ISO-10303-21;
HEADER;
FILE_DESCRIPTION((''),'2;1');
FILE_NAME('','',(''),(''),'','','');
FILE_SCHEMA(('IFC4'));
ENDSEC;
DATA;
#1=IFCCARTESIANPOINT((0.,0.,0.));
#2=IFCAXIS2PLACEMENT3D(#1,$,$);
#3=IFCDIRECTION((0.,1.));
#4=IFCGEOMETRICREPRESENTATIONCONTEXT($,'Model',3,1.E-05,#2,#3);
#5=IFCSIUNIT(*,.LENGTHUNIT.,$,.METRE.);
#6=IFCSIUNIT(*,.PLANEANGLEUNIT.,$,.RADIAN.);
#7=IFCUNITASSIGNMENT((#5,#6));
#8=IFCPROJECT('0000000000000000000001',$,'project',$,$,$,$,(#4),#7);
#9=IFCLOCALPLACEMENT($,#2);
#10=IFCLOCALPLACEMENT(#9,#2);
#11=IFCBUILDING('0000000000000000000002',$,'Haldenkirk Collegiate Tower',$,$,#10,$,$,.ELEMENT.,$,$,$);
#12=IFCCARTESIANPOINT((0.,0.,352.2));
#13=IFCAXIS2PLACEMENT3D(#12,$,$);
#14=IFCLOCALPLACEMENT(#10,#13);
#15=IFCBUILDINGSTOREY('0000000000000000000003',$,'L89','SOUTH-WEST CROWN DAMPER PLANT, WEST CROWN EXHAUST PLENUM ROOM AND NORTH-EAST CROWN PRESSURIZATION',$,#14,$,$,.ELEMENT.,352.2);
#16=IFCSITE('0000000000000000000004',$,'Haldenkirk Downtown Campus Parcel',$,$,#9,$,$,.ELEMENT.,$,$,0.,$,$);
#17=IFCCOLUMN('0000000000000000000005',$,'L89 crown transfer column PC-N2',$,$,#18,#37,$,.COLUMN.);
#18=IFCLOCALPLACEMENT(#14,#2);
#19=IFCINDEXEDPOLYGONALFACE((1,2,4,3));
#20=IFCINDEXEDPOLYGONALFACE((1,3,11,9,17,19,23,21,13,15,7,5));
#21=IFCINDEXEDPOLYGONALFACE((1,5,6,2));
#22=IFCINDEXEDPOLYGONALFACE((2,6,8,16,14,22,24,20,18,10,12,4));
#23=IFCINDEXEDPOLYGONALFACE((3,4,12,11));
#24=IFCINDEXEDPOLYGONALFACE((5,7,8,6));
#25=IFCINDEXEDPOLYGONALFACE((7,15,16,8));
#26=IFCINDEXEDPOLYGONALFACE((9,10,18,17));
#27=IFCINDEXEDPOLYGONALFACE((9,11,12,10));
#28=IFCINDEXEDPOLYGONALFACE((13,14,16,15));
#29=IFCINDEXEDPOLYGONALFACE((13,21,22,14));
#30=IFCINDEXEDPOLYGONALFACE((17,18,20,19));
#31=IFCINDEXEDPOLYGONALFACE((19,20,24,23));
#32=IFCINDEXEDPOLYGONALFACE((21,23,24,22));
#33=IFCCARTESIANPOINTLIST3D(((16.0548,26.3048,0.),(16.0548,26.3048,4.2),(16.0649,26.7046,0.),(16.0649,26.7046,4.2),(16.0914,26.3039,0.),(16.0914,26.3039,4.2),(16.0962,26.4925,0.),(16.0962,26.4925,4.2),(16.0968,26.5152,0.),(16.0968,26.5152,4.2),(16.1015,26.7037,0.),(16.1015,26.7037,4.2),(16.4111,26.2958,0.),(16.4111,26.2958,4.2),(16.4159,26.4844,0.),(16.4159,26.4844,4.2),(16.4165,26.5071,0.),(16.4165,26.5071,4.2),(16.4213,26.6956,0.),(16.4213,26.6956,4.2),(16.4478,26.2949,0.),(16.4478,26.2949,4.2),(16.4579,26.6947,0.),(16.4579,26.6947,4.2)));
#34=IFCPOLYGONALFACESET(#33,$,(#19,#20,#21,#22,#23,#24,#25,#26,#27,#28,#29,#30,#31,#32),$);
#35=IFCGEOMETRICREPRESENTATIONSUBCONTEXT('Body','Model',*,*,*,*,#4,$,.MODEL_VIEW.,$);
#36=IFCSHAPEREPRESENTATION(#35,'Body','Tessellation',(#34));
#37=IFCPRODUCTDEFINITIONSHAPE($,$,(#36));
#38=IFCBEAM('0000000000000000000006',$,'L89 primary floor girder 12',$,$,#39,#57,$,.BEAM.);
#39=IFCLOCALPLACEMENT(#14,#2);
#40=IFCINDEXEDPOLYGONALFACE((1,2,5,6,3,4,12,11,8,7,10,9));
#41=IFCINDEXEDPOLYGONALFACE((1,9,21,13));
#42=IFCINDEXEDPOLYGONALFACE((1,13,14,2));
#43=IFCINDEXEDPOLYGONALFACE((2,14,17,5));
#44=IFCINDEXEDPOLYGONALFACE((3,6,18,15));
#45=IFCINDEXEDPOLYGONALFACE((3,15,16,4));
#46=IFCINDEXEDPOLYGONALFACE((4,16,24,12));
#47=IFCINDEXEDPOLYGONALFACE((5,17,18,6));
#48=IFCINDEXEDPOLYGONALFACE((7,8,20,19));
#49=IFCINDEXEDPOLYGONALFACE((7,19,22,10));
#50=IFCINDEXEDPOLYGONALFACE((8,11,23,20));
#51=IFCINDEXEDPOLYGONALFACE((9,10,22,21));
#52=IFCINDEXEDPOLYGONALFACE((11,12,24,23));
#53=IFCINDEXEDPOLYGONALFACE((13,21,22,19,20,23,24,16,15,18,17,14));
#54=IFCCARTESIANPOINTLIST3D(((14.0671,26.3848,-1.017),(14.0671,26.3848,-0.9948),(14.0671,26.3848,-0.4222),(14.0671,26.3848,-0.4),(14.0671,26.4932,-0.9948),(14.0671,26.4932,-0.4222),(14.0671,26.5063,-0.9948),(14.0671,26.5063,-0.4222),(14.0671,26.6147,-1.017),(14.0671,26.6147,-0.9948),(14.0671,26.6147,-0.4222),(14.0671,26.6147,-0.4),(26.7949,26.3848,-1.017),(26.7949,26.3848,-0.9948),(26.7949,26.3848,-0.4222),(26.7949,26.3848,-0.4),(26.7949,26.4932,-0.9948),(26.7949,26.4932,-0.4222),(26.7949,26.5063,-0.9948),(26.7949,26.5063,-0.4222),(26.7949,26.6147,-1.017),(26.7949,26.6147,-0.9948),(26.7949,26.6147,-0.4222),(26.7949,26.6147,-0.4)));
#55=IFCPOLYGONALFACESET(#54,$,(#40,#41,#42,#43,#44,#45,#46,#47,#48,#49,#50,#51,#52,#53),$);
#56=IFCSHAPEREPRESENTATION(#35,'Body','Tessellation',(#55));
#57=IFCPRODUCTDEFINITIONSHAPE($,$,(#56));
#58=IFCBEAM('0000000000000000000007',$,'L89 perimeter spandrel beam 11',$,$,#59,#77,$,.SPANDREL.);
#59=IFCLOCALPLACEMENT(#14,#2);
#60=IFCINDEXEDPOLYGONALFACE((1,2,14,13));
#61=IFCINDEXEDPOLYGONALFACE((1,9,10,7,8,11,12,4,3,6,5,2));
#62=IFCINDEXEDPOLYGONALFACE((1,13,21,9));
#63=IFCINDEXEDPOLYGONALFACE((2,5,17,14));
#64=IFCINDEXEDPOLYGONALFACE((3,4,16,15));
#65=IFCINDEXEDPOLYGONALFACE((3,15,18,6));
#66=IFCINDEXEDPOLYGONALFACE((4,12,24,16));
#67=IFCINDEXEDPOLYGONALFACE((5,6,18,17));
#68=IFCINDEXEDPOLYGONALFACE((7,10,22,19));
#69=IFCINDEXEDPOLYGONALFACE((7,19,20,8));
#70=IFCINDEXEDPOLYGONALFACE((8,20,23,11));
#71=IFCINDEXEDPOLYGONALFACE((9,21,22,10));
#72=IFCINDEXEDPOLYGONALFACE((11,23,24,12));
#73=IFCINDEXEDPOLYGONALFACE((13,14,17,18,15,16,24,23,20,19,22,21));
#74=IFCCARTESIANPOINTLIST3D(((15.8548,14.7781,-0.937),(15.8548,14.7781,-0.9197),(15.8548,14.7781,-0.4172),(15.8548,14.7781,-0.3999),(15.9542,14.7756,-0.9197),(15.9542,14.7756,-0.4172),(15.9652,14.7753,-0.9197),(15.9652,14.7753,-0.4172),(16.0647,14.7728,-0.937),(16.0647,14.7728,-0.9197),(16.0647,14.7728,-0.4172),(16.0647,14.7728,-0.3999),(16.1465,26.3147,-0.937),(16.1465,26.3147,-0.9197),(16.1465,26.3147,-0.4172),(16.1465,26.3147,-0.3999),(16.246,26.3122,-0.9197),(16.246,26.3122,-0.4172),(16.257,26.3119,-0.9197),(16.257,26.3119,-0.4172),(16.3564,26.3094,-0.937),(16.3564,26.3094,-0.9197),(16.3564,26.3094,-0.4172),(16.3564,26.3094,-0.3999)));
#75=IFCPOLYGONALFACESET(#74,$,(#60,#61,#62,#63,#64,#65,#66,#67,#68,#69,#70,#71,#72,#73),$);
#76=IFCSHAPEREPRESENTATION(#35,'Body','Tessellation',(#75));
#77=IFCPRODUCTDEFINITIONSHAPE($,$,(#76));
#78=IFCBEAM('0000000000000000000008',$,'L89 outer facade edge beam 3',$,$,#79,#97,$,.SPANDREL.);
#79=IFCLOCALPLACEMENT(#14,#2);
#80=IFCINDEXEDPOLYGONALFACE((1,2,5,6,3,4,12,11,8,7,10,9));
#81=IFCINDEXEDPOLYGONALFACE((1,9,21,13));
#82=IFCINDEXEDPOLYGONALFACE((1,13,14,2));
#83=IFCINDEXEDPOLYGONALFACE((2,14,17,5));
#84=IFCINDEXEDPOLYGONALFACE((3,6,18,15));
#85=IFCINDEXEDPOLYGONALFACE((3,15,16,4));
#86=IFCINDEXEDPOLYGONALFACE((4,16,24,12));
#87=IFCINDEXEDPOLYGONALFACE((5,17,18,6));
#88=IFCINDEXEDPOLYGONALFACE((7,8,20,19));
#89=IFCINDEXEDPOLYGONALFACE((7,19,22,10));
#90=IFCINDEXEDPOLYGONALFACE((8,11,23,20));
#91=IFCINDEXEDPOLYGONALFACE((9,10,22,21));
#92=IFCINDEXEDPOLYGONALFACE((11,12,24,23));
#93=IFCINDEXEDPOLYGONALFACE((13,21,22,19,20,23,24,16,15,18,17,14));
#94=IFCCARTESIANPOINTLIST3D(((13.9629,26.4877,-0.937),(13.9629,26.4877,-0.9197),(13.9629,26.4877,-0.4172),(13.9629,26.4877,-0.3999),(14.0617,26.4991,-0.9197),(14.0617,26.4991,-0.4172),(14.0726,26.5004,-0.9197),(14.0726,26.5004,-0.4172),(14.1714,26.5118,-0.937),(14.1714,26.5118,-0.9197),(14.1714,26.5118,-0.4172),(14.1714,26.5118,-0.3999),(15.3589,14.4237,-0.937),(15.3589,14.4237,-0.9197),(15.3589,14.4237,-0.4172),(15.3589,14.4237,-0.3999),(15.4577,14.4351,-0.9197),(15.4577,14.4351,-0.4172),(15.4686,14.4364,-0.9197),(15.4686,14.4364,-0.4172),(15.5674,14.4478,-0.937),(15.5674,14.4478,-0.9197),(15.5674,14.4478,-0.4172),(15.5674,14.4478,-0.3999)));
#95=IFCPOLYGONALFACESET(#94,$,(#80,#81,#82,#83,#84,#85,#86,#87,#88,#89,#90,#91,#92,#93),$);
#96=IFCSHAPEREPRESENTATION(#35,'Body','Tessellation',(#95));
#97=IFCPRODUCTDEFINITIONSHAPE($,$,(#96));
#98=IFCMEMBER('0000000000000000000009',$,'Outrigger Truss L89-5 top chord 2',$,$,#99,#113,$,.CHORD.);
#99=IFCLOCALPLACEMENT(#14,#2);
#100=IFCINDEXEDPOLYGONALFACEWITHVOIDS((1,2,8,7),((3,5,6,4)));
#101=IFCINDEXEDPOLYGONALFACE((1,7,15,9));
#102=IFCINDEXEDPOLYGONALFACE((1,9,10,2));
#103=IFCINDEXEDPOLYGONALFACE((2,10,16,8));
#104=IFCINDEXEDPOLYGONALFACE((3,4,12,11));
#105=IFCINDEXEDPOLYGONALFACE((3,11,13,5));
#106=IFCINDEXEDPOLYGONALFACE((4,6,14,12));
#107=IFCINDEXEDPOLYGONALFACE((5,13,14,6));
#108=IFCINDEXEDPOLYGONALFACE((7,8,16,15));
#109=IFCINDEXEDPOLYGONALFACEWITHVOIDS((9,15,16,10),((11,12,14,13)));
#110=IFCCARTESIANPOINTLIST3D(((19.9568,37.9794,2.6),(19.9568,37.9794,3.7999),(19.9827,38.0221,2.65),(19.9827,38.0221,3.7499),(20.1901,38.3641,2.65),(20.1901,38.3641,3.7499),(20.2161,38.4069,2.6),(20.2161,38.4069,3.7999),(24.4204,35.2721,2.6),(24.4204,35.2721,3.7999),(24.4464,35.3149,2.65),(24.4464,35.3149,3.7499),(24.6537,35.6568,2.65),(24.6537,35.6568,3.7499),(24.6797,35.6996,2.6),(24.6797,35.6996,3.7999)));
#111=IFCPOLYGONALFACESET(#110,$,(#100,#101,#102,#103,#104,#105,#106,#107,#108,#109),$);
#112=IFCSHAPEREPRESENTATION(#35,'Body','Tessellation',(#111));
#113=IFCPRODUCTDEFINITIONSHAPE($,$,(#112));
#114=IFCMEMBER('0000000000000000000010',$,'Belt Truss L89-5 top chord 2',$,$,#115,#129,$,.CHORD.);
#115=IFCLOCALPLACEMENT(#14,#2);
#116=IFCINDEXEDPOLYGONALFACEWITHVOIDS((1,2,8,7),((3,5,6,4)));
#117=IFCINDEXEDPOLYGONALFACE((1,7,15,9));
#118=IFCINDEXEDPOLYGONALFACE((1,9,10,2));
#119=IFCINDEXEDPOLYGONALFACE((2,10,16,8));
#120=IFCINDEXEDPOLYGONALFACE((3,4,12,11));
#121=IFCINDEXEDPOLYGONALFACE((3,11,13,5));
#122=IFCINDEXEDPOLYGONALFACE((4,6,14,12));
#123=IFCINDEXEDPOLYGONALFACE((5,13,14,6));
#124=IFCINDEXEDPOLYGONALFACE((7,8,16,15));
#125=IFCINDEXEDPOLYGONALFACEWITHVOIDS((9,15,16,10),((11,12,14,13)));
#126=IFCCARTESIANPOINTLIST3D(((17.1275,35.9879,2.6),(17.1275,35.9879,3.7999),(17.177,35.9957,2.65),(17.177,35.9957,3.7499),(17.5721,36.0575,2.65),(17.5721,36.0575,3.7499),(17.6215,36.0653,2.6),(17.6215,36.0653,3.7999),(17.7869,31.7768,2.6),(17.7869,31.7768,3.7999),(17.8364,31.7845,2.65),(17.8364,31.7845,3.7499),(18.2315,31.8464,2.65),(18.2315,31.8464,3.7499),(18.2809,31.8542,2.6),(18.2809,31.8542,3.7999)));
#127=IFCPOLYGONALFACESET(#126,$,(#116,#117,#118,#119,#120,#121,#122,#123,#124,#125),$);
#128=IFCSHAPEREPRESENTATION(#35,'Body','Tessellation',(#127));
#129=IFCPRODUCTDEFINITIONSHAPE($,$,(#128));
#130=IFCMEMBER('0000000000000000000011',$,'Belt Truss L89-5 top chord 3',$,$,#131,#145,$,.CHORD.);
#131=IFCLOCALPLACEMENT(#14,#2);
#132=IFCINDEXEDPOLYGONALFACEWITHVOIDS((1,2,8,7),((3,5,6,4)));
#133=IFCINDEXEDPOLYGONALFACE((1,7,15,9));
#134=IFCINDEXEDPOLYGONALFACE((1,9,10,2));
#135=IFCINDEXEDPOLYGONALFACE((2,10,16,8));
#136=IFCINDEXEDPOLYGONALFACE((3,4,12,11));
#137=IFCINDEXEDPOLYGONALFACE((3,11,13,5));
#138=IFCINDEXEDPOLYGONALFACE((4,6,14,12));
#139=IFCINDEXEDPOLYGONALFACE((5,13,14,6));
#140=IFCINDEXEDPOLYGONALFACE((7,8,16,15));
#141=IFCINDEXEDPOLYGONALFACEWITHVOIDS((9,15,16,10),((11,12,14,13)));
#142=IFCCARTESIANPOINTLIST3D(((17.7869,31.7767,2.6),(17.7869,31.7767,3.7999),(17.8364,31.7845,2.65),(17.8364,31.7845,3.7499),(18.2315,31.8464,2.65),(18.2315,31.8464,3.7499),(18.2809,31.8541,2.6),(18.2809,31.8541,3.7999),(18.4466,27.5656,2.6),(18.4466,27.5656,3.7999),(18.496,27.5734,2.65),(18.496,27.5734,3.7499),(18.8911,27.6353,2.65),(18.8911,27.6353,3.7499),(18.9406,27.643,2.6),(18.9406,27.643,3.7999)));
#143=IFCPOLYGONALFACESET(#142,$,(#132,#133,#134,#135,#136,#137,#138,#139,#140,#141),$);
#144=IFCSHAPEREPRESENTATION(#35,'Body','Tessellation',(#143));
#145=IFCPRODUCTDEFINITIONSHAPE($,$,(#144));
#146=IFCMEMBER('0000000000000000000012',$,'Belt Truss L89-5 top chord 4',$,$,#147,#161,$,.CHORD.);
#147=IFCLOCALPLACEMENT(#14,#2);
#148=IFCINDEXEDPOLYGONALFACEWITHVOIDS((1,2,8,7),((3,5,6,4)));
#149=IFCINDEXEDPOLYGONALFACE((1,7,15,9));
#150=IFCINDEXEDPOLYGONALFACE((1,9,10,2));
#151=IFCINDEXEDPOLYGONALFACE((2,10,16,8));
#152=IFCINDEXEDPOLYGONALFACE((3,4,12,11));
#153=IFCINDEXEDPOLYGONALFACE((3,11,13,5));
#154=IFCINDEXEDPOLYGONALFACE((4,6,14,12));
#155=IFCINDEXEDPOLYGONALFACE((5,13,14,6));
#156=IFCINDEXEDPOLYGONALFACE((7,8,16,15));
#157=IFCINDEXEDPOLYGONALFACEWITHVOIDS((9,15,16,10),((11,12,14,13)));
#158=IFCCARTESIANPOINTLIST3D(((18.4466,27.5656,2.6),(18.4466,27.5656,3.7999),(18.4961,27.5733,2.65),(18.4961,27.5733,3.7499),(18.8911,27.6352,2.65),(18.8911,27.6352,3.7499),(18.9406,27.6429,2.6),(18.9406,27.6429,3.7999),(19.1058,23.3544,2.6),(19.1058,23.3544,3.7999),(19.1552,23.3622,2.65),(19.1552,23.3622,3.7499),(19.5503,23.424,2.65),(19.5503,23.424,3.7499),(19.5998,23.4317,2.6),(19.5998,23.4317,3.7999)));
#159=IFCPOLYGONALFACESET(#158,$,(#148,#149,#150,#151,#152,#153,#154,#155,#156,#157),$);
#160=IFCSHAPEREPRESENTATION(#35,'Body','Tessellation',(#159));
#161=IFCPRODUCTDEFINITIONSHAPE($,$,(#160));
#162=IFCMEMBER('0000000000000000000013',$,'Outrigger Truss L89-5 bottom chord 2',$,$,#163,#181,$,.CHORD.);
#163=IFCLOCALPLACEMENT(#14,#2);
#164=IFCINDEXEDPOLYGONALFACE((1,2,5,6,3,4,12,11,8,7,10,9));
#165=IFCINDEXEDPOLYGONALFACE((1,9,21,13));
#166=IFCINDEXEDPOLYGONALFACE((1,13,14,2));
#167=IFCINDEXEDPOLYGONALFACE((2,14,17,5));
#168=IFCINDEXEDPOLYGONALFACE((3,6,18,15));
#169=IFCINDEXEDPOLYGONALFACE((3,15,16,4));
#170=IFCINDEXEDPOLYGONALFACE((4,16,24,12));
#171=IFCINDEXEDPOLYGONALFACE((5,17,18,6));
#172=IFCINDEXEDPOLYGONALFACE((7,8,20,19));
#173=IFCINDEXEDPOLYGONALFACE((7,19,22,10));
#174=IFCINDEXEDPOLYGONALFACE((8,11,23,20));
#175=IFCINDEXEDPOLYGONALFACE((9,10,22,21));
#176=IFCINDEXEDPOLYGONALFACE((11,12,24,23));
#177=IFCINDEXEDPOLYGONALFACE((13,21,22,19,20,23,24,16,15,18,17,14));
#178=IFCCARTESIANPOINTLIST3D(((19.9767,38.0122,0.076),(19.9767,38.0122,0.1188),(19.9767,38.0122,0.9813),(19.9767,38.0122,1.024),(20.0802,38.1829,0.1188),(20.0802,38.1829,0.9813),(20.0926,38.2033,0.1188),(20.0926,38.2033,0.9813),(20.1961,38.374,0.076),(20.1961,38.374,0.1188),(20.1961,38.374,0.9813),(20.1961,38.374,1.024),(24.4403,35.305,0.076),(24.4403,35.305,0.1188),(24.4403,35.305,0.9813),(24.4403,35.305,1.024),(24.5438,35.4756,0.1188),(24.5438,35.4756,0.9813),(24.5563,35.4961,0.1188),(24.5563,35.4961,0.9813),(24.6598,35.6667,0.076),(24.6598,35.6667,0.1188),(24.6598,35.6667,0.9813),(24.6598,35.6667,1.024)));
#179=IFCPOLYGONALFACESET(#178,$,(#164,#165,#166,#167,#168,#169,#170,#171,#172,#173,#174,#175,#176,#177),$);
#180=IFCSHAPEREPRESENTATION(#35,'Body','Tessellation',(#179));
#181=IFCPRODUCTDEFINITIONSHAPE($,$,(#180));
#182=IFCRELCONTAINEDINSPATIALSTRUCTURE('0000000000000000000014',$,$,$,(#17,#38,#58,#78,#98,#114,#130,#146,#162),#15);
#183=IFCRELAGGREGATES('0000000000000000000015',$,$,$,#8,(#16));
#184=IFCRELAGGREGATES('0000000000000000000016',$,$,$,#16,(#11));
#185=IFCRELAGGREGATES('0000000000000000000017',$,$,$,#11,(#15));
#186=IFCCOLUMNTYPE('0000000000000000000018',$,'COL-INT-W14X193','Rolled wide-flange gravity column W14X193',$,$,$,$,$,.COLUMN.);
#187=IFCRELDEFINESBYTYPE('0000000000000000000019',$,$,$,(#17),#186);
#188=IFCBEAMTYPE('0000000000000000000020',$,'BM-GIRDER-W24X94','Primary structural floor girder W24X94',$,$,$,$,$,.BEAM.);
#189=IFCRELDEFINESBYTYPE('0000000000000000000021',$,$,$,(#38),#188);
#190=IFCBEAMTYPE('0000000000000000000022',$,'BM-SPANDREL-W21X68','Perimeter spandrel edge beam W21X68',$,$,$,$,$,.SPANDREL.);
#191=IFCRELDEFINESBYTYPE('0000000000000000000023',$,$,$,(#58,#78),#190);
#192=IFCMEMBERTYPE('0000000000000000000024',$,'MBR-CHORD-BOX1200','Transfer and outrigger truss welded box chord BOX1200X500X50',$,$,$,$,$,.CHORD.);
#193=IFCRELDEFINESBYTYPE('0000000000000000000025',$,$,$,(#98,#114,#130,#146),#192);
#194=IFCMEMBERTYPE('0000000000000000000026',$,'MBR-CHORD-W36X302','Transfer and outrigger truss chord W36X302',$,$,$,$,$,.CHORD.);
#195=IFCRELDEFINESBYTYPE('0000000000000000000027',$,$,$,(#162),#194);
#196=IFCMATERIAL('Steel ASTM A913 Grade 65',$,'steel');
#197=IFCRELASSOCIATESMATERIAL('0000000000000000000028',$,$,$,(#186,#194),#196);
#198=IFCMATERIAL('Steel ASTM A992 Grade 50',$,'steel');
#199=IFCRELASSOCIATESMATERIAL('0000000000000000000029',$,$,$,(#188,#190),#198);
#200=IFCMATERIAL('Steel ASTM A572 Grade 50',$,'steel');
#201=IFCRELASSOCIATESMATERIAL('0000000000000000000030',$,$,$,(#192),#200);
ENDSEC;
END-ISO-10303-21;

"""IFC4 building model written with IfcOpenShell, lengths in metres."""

from ifc_helpers import new_model, si_unit, direction, frame, origin, origin_2d, place, context, subcontext, project, spatial, hollow_rectangle, i_section, extrude, material, material_profile, profile_set, type_object, element, save


model = new_model("IFC4")

# Units and contexts
model_context = context("Model", 3, precision=1e-05, world=origin(), true_north=direction((0.0, 1.0)))
body_context = subcontext(model_context, "Body", "Model", "MODEL_VIEW")
ifc_project = project(units=[si_unit("LENGTHUNIT", "METRE"), si_unit("PLANEANGLEUNIT", "RADIAN")], contexts=[model_context])

# Site, building, storey
site_placement = place(None, origin())
site = spatial("IfcSite", under=ifc_project, at=site_placement, Name="Haldenkirk Downtown Campus Parcel", CompositionType="ELEMENT", RefElevation=0.0)
building_placement = place(site_placement, origin())
building = spatial("IfcBuilding", under=site, at=building_placement, Name="Haldenkirk Collegiate Tower", CompositionType="ELEMENT")
storey_placement = place(building_placement, frame((0.0, 0.0, 352.2)))
storey = spatial("IfcBuildingStorey", under=building, at=storey_placement, Name="L89", Description="SOUTH-WEST CROWN DAMPER PLANT, WEST CROWN EXHAUST PLENUM ROOM AND NORTH-EAST CROWN PRESSURIZATION", CompositionType="ELEMENT", Elevation=352.2)

# Column
ifc_material_1 = material(Name="Steel ASTM A913 Grade 65", Category="steel")
ifc_material_profile_1 = material_profile(ifc_material_1, i_section(OverallWidth=0.3999, OverallDepth=0.3931, WebThickness=0.0227, FlangeThickness=0.0366, at=origin_2d()), Name="W14X193")
ifc_profile_set_1 = profile_set([ifc_material_profile_1], Name="Steel ASTM A913 Grade 65")
column_type = type_object("IfcColumnType", Name="COL-INT-W14X193", Description="Rolled wide-flange gravity column W14X193", PredefinedType="COLUMN", material=ifc_profile_set_1)
column_placement = place(storey_placement, frame((16.2563, 26.4998, 0.0), z_axis=(0.0, 0.0, 1.0), x_axis=(0.025305, 0.99968, 0.0)))
element("IfcColumn", 1, at=column_placement, inside=storey, type_object=column_type, Name="L89 crown transfer column PC-N2", PredefinedType="COLUMN", context=body_context, shape_type="SweptSolid", body=[
    extrude(i_section(OverallWidth=0.3999, OverallDepth=0.3931, WebThickness=0.0227, FlangeThickness=0.0366, at=origin_2d()), origin(), (0.0, 0.0, 1.0), 4.2),
])

# Beams
ifc_material_2 = material(Name="Steel ASTM A992 Grade 50", Category="steel")
ifc_material_profile_2 = material_profile(ifc_material_2, i_section(OverallWidth=0.23, OverallDepth=0.6169, WebThickness=0.0132, FlangeThickness=0.0222, at=origin_2d()), Name="W24X94")
ifc_profile_set_2 = profile_set([ifc_material_profile_2], Name="Steel ASTM A992 Grade 50")
beam_type_1 = type_object("IfcBeamType", Name="BM-GIRDER-W24X94", Description="Primary structural floor girder W24X94", PredefinedType="BEAM", material=ifc_profile_set_2)
beam_1_placement = place(storey_placement, frame((14.0671, 26.4998, -0.7085), z_axis=(1.0, 0.0, 0.0), x_axis=(0.0, 1.0, 0.0)))
element("IfcBeam", 2, at=beam_1_placement, inside=storey, type_object=beam_type_1, Name="L89 primary floor girder 12", PredefinedType="BEAM", context=body_context, shape_type="SweptSolid", body=[
    extrude(i_section(OverallWidth=0.23, OverallDepth=0.6169, WebThickness=0.0132, FlangeThickness=0.0222, at=origin_2d()), origin(), (0.0, 0.0, 1.0), 12.7278),
])
ifc_material_profile_3 = material_profile(ifc_material_2, i_section(OverallWidth=0.21, OverallDepth=0.5371, WebThickness=0.011, FlangeThickness=0.0173, at=origin_2d()), Name="W21X68")
ifc_profile_set_3 = profile_set([ifc_material_profile_3], Name="Steel ASTM A992 Grade 50")
beam_type_2 = type_object("IfcBeamType", Name="BM-SPANDREL-W21X68", Description="Perimeter spandrel edge beam W21X68", PredefinedType="SPANDREL", material=ifc_profile_set_3)
beam_2_placement = place(storey_placement, frame((16.2515, 26.312, -0.6685), z_axis=(-0.025281, -0.99968, 0.0), x_axis=(0.99968, -0.025281, 0.0)))
element("IfcBeam", 3, at=beam_2_placement, inside=storey, type_object=beam_type_2, Name="L89 perimeter spandrel beam 11", PredefinedType="SPANDREL", context=body_context, shape_type="SweptSolid", body=[
    extrude(i_section(OverallWidth=0.21, OverallDepth=0.5371, WebThickness=0.011, FlangeThickness=0.0173, at=origin_2d()), origin(), (0.0, 0.0, 1.0), 11.5403),
])
beam_3_placement = place(storey_placement, frame((14.0671, 26.4998, -0.6685), z_axis=(0.114949, -0.993371, 0.0), x_axis=(0.993371, 0.114949, 0.0)))
element("IfcBeam", 4, at=beam_3_placement, inside=storey, type_object=beam_type_2, Name="L89 outer facade edge beam 3", PredefinedType="SPANDREL", context=body_context, shape_type="SweptSolid", body=[
    extrude(i_section(OverallWidth=0.21, OverallDepth=0.5371, WebThickness=0.011, FlangeThickness=0.0173, at=origin_2d()), origin(), (0.0, 0.0, 1.0), 12.1445),
])

# Members
ifc_material_3 = material(Name="Steel ASTM A572 Grade 50", Category="steel")
ifc_material_profile_4 = material_profile(ifc_material_3, hollow_rectangle(XDim=0.5, YDim=1.2, WallThickness=0.05, at=origin_2d()), Name="BOX1200X500X50")
ifc_profile_set_4 = profile_set([ifc_material_profile_4], Name="Steel ASTM A572 Grade 50")
member_type_1 = type_object("IfcMemberType", Name="MBR-CHORD-BOX1200", Description="Transfer and outrigger truss welded box chord BOX1200X500X50", PredefinedType="CHORD", material=ifc_profile_set_4)
member_1_placement = place(storey_placement, frame((24.55, 35.4858, 3.2), z_axis=(-0.855024, 0.518589, 0.0), x_axis=(-0.518589, -0.855024, 0.0)))
element("IfcMember", 5, at=member_1_placement, inside=storey, type_object=member_type_1, Name="Outrigger Truss L89-5 top chord 2", PredefinedType="CHORD", context=body_context, shape_type="SweptSolid", body=[
    extrude(hollow_rectangle(XDim=0.5, YDim=1.2, WallThickness=0.05, at=origin_2d()), origin(), (0.0, 0.0, 1.0), 5.2205),
])
for number, where, z_axis, x_axis, name in (
    (6, (17.3745, 36.0266, 3.2), (0.154704, -0.987961, 0.0), (0.987961, 0.154704, 0.0), "Belt Truss L89-5 top chord 2"),
    (7, (18.0339, 31.8154, 3.2), (0.15476, -0.987952, 0.0), (0.987952, 0.15476, 0.0), "Belt Truss L89-5 top chord 3"),
    (8, (18.6936, 27.6042, 3.2), (0.154648, -0.98797, 0.0), (0.98797, 0.154648, 0.0), "Belt Truss L89-5 top chord 4"),
):
    element("IfcMember", number, at=place(storey_placement, frame(where, z_axis=z_axis, x_axis=x_axis)), inside=storey, type_object=member_type_1, Name=name, PredefinedType="CHORD", context=body_context, shape_type="SweptSolid", body=[
        extrude(hollow_rectangle(XDim=0.5, YDim=1.2, WallThickness=0.05, at=origin_2d()), origin(), (0.0, 0.0, 1.0), 4.2625),
    ])
ifc_material_profile_5 = material_profile(ifc_material_1, i_section(OverallWidth=0.4231, OverallDepth=0.948, WebThickness=0.0239, FlangeThickness=0.0427, at=origin_2d()), Name="W36X302")
ifc_profile_set_5 = profile_set([ifc_material_profile_5], Name="Steel ASTM A913 Grade 65")
member_type_2 = type_object("IfcMemberType", Name="MBR-CHORD-W36X302", Description="Transfer and outrigger truss chord W36X302", PredefinedType="CHORD", material=ifc_profile_set_5)
member_2_placement = place(storey_placement, frame((24.55, 35.4858, 0.55), z_axis=(-0.855024, 0.518589, 0.0), x_axis=(-0.518589, -0.855024, 0.0)))
element("IfcMember", 9, at=member_2_placement, inside=storey, type_object=member_type_2, Name="Outrigger Truss L89-5 bottom chord 2", PredefinedType="CHORD", context=body_context, shape_type="SweptSolid", body=[
    extrude(i_section(OverallWidth=0.4231, OverallDepth=0.948, WebThickness=0.0239, FlangeThickness=0.0427, at=origin_2d()), origin(), (0.0, 0.0, 1.0), 5.2205),
])

save(model, "model.ifc")
